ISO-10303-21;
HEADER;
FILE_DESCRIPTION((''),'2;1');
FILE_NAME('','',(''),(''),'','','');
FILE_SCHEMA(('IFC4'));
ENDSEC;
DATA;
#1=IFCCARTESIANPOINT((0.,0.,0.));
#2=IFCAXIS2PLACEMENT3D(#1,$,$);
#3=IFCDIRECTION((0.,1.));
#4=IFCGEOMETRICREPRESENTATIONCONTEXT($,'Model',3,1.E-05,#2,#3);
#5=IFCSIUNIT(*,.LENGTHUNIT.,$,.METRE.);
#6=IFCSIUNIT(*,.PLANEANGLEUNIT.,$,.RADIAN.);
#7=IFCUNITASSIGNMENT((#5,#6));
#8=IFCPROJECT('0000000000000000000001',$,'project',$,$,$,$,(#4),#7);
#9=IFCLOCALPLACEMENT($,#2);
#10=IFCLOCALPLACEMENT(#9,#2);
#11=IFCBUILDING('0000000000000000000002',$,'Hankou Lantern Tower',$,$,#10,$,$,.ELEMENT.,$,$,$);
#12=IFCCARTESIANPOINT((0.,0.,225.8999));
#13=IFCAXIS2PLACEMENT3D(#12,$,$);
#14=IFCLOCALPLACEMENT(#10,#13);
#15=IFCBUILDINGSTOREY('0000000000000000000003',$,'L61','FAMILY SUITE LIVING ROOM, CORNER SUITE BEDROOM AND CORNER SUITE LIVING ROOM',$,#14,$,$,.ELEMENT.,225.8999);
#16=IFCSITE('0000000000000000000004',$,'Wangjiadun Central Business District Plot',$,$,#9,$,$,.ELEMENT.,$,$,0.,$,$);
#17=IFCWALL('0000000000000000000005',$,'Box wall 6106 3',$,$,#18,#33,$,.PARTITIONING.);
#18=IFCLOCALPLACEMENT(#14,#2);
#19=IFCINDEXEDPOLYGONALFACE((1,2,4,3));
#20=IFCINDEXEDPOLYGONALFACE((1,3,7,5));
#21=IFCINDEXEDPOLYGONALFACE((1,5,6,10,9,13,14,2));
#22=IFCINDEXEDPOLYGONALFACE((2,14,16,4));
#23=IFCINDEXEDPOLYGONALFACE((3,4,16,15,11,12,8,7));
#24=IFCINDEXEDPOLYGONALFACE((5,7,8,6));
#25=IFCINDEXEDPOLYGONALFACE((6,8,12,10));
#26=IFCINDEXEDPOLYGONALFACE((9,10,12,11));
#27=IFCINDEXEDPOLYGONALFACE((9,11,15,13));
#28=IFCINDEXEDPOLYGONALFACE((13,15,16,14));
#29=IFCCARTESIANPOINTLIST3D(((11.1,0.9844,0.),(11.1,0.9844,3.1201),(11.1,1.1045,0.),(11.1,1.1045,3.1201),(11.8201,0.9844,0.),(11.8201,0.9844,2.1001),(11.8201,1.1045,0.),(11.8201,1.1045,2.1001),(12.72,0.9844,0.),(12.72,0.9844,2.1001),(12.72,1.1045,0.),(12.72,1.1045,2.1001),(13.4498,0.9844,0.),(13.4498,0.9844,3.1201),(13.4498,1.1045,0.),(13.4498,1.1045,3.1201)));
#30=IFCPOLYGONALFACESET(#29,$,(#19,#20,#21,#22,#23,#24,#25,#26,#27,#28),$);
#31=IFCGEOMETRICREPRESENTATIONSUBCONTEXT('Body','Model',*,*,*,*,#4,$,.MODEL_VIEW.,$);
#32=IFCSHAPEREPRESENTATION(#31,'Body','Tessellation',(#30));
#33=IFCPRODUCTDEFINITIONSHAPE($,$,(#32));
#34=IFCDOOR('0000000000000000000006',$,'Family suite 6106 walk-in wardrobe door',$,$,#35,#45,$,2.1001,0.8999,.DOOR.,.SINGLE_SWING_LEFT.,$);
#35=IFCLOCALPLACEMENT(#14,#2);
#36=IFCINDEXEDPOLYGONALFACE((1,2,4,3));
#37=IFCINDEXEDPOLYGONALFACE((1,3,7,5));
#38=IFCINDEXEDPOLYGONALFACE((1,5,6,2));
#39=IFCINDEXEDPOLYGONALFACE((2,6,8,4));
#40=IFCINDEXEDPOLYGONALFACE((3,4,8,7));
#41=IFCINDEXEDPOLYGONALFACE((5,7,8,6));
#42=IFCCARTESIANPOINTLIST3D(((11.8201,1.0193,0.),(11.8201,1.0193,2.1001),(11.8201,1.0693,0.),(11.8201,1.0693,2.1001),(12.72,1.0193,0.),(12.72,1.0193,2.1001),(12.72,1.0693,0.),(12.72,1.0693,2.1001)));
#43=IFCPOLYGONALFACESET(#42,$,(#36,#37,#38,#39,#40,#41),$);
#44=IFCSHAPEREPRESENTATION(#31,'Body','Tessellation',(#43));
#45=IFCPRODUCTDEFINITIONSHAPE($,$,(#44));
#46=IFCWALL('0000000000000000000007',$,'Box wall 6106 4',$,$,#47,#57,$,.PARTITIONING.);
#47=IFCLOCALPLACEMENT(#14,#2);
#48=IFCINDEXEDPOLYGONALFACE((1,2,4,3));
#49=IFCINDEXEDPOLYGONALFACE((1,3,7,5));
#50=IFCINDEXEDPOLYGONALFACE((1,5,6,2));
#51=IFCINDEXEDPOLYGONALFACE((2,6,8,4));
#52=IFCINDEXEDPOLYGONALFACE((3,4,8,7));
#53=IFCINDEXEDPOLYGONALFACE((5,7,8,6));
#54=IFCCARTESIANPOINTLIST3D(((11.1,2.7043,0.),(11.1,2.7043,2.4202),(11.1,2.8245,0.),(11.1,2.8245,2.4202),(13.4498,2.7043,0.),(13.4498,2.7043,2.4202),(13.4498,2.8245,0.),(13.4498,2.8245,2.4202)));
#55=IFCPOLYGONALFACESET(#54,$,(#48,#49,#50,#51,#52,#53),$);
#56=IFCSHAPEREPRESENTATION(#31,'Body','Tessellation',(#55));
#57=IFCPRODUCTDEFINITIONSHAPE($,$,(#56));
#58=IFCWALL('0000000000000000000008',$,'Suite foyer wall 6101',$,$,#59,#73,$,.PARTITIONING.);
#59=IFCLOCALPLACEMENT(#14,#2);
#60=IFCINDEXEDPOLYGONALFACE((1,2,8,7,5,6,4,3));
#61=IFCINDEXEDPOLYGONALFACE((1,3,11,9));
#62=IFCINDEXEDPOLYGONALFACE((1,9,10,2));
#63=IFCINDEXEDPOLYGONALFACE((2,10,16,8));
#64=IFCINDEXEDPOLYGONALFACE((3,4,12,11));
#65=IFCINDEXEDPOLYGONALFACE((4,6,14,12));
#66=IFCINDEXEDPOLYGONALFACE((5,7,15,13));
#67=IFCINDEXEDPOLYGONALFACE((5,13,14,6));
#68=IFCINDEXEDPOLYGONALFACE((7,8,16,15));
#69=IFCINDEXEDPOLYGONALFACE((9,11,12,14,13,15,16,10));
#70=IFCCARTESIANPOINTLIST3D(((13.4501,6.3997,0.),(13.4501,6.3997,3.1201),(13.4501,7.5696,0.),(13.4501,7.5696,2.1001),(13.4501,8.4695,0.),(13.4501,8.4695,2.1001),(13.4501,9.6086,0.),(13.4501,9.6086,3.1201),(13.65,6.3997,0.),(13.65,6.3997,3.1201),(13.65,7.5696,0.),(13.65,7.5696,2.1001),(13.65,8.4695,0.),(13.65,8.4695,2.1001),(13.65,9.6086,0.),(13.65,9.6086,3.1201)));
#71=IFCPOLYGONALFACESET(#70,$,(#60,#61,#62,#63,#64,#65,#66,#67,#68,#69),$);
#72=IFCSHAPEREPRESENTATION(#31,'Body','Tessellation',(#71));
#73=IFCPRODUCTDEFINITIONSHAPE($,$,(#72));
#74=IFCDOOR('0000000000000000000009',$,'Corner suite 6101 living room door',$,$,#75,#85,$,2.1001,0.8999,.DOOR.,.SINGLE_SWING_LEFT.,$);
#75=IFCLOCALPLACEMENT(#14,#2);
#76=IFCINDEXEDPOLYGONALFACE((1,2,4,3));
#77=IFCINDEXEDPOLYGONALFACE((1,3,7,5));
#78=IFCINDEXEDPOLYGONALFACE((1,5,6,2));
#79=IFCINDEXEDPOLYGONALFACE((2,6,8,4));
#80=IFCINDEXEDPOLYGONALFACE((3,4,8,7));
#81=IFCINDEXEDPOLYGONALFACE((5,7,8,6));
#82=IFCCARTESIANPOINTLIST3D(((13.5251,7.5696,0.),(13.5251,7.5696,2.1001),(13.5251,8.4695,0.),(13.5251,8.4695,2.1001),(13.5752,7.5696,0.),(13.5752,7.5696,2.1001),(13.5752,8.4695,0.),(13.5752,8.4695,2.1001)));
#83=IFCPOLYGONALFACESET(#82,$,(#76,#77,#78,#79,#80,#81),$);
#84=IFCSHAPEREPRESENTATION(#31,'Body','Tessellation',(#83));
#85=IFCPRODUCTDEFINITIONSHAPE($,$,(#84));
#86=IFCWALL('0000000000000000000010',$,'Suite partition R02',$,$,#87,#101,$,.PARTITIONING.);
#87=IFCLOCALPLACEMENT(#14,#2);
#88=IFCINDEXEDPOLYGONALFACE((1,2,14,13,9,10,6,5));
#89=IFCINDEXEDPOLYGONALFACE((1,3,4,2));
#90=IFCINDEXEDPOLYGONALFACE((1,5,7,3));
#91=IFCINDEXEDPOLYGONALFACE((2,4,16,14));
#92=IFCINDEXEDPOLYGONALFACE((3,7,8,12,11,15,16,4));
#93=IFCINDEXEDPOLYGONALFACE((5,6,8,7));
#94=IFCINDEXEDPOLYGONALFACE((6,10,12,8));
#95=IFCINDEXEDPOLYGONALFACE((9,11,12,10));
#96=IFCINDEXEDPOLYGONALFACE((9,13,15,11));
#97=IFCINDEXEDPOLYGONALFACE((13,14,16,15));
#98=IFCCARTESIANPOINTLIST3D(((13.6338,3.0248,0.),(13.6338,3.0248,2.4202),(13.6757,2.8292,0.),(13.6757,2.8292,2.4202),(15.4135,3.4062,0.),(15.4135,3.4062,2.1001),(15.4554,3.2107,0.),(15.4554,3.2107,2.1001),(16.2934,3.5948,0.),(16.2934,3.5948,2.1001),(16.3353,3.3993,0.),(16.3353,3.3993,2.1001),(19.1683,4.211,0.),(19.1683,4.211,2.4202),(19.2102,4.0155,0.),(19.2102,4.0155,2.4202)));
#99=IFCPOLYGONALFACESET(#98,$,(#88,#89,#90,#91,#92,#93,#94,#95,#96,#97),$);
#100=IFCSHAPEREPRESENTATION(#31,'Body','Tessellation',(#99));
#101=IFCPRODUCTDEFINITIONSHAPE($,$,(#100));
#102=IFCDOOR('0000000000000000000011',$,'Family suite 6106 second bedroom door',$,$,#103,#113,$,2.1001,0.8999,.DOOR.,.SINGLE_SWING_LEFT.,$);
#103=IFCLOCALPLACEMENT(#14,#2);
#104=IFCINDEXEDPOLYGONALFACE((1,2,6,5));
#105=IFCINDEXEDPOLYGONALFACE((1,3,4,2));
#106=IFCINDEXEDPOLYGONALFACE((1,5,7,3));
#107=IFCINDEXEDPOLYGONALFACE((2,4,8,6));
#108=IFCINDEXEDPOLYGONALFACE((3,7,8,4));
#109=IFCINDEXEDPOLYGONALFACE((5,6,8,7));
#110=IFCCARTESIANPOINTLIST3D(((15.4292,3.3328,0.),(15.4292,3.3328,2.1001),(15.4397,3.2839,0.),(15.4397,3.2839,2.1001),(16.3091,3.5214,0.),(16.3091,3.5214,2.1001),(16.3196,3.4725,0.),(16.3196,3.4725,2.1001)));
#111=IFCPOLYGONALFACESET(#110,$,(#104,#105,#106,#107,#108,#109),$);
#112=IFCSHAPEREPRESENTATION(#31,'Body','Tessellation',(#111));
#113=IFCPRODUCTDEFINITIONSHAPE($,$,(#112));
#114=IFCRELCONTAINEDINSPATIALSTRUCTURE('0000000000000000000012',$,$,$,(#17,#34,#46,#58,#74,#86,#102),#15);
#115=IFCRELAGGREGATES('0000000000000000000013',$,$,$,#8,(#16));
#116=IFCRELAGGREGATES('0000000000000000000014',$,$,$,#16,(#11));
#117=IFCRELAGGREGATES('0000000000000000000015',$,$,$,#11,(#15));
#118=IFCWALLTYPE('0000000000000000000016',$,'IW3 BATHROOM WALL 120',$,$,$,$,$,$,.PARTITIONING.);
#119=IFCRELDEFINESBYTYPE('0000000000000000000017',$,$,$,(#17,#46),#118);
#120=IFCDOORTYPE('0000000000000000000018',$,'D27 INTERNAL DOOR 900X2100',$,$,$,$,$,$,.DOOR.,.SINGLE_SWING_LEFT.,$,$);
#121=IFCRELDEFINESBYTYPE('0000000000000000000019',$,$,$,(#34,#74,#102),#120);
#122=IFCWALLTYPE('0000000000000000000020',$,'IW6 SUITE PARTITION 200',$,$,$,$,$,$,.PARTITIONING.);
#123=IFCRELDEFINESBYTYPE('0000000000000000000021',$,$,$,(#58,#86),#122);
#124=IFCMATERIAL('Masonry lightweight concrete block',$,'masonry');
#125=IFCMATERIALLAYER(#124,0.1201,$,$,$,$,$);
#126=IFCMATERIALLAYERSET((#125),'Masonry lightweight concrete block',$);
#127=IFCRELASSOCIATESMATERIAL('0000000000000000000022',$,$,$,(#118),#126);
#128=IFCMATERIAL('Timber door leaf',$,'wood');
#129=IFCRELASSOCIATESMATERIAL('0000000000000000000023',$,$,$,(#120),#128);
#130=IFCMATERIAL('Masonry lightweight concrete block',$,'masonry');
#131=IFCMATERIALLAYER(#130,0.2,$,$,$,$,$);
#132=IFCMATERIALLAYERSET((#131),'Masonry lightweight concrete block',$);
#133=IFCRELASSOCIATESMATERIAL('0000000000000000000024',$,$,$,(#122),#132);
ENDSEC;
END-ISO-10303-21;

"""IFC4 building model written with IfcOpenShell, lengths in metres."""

from ifc_helpers import new_model, si_unit, direction, frame, frame_2d, origin, place, context, subcontext, project, spatial, rectangle, extrude, material, layer, layer_set, type_object, element, fill, save


model = new_model("IFC4")

# Units and contexts
model_context = context("Model", 3, precision=1e-05, world=origin(), true_north=direction((0.0, 1.0)))
body_context = subcontext(model_context, "Body", "Model", "MODEL_VIEW")
ifc_project = project(units=[si_unit("LENGTHUNIT", "METRE"), si_unit("PLANEANGLEUNIT", "RADIAN")], contexts=[model_context])

# Site, building, storey
site_placement = place(None, origin())
site = spatial("IfcSite", under=ifc_project, at=site_placement, Name="Wangjiadun Central Business District Plot", CompositionType="ELEMENT", RefElevation=0.0)
building_placement = place(site_placement, origin())
building = spatial("IfcBuilding", under=site, at=building_placement, Name="Hankou Lantern Tower", CompositionType="ELEMENT")
storey_placement = place(building_placement, frame((0.0, 0.0, 225.8999)))
storey = spatial("IfcBuildingStorey", under=building, at=storey_placement, Name="L61", Description="FAMILY SUITE LIVING ROOM, CORNER SUITE BEDROOM AND CORNER SUITE LIVING ROOM", CompositionType="ELEMENT", Elevation=225.8999)

# Wall, opening, door
ifc_material_1 = material(Name="Masonry lightweight concrete block", Category="masonry")
ifc_layer_1 = layer(ifc_material_1, 0.1201)
ifc_layer_set_1 = layer_set([ifc_layer_1], Name="Masonry lightweight concrete block")
wall_type_1 = type_object("IfcWallType", Name="IW3 BATHROOM WALL 120", PredefinedType="PARTITIONING", material=ifc_layer_set_1)
wall_1_placement = place(storey_placement, frame((11.1001, 1.0444, 0.0), z_axis=(0.0, 0.0, 1.0), x_axis=(1.0, 0.0, 0.0)))
wall_1 = element("IfcWall", 1, at=wall_1_placement, inside=storey, type_object=wall_type_1, Name="Box wall 6106 3", PredefinedType="PARTITIONING", context=body_context, shape_type="SweptSolid", body=[
    extrude(rectangle(XDim=2.3499, YDim=0.1201, at=frame_2d((1.1748, 0.0))), origin(), (0.0, 0.0, 1.0), 3.1201),
])
opening_1_placement = place(wall_1_placement, frame((0.72, 0.0, 0.0)))
opening_1 = element("IfcOpeningElement", 2, at=opening_1_placement, cuts=wall_1, PredefinedType="OPENING", context=body_context, shape_type="SweptSolid", body=[
    extrude(rectangle(XDim=0.8999, YDim=2.1001, at=frame_2d((0.45, 1.05))), frame((0.0, 0.0701, 0.0), z_axis=(0.0, -1.0, 0.0), x_axis=(1.0, 0.0, 0.0)), (0.0, 0.0, 1.0), 0.1401),
])
ifc_material_2 = material(Name="Timber door leaf", Category="wood")
door_type_1 = type_object("IfcDoorType", Name="D27 INTERNAL DOOR 900X2100", OperationType="SINGLE_SWING_LEFT", PredefinedType="DOOR", material=ifc_material_2)
door_1_placement = place(opening_1_placement, origin())
door_1 = element("IfcDoor", 3, at=door_1_placement, inside=storey, type_object=door_type_1, Name="Family suite 6106 walk-in wardrobe door", OperationType="SINGLE_SWING_LEFT", OverallHeight=2.1001, OverallWidth=0.8999, PredefinedType="DOOR", context=body_context, shape_type="SweptSolid", body=[
    extrude(rectangle(XDim=0.8999, YDim=2.1001, at=frame_2d((0.45, 1.05))), frame((0.0, 0.0249, 0.0), z_axis=(0.0, -1.0, 0.0), x_axis=(1.0, 0.0, 0.0)), (0.0, 0.0, 1.0), 0.05),
])
fill(opening_1, door_1)

# Wall
wall_2_placement = place(storey_placement, frame((11.1001, 2.7644, 0.0), z_axis=(0.0, 0.0, 1.0), x_axis=(1.0, 0.0, 0.0)))
element("IfcWall", 4, at=wall_2_placement, inside=storey, type_object=wall_type_1, Name="Box wall 6106 4", PredefinedType="PARTITIONING", context=body_context, shape_type="SweptSolid", body=[
    extrude(rectangle(XDim=2.3499, YDim=0.1201, at=frame_2d((1.1748, 0.0))), origin(), (0.0, 0.0, 1.0), 2.4202),
])

# Walls, openings, doors
ifc_material_3 = material(Name="Masonry lightweight concrete block", Category="masonry")
ifc_layer_2 = layer(ifc_material_3, 0.2)
ifc_layer_set_2 = layer_set([ifc_layer_2], Name="Masonry lightweight concrete block")
wall_type_2 = type_object("IfcWallType", Name="IW6 SUITE PARTITION 200", PredefinedType="PARTITIONING", material=ifc_layer_set_2)
wall_3_placement = place(storey_placement, frame((13.55, 6.3997, 0.0), z_axis=(0.0, 0.0, 1.0), x_axis=(0.0, 1.0, 0.0)))
wall_3 = element("IfcWall", 5, at=wall_3_placement, inside=storey, type_object=wall_type_2, Name="Suite foyer wall 6101", PredefinedType="PARTITIONING", context=body_context, shape_type="SweptSolid", body=[
    extrude(rectangle(XDim=3.209, YDim=0.2, at=frame_2d((1.6045, 0.0))), origin(), (0.0, 0.0, 1.0), 3.1201),
])
opening_2_placement = place(wall_3_placement, frame((1.1699, 0.0, 0.0)))
opening_2 = element("IfcOpeningElement", 6, at=opening_2_placement, cuts=wall_3, PredefinedType="OPENING", context=body_context, shape_type="SweptSolid", body=[
    extrude(rectangle(XDim=0.8999, YDim=2.1001, at=frame_2d((0.45, 1.05))), frame((0.0, 0.1099, 0.0), z_axis=(0.0, -1.0, 0.0), x_axis=(1.0, 0.0, 0.0)), (0.0, 0.0, 1.0), 0.22),
])
door_2_placement = place(opening_2_placement, origin())
door_2 = element("IfcDoor", 7, at=door_2_placement, inside=storey, type_object=door_type_1, Name="Corner suite 6101 living room door", OperationType="SINGLE_SWING_LEFT", OverallHeight=2.1001, OverallWidth=0.8999, PredefinedType="DOOR", context=body_context, shape_type="SweptSolid", body=[
    extrude(rectangle(XDim=0.8999, YDim=2.1001, at=frame_2d((0.45, 1.05))), frame((0.0, 0.0249, 0.0), z_axis=(0.0, -1.0, 0.0), x_axis=(1.0, 0.0, 0.0)), (0.0, 0.0, 1.0), 0.05),
])
fill(opening_2, door_2)
wall_4_placement = place(storey_placement, frame((13.6548, 2.927, 0.0), z_axis=(0.0, 0.0, 1.0), x_axis=(0.97779, 0.209585, 0.0)))
wall_4 = element("IfcWall", 8, at=wall_4_placement, inside=storey, type_object=wall_type_2, Name="Suite partition R02", PredefinedType="PARTITIONING", context=body_context, shape_type="SweptSolid", body=[
    extrude(rectangle(XDim=5.6602, YDim=0.2, at=frame_2d((2.8301, 0.0))), origin(), (0.0, 0.0, 1.0), 2.4202),
])
opening_3_placement = place(wall_4_placement, frame((1.8201, 0.0, 0.0)))
opening_3 = element("IfcOpeningElement", 9, at=opening_3_placement, cuts=wall_4, PredefinedType="OPENING", context=body_context, shape_type="SweptSolid", body=[
    extrude(rectangle(XDim=0.8999, YDim=2.1001, at=frame_2d((0.45, 1.05))), frame((0.0, 0.1099, 0.0), z_axis=(0.0, -1.0, 0.0), x_axis=(1.0, 0.0, 0.0)), (0.0, 0.0, 1.0), 0.22),
])
door_3_placement = place(opening_3_placement, origin())
door_3 = element("IfcDoor", 10, at=door_3_placement, inside=storey, type_object=door_type_1, Name="Family suite 6106 second bedroom door", OperationType="SINGLE_SWING_LEFT", OverallHeight=2.1001, OverallWidth=0.8999, PredefinedType="DOOR", context=body_context, shape_type="SweptSolid", body=[
    extrude(rectangle(XDim=0.8999, YDim=2.1001, at=frame_2d((0.45, 1.05))), frame((0.0, 0.0249, 0.0), z_axis=(0.0, -1.0, 0.0), x_axis=(1.0, 0.0, 0.0)), (0.0, 0.0, 1.0), 0.05),
])
fill(opening_3, door_3)

save(model, "model.ifc")
